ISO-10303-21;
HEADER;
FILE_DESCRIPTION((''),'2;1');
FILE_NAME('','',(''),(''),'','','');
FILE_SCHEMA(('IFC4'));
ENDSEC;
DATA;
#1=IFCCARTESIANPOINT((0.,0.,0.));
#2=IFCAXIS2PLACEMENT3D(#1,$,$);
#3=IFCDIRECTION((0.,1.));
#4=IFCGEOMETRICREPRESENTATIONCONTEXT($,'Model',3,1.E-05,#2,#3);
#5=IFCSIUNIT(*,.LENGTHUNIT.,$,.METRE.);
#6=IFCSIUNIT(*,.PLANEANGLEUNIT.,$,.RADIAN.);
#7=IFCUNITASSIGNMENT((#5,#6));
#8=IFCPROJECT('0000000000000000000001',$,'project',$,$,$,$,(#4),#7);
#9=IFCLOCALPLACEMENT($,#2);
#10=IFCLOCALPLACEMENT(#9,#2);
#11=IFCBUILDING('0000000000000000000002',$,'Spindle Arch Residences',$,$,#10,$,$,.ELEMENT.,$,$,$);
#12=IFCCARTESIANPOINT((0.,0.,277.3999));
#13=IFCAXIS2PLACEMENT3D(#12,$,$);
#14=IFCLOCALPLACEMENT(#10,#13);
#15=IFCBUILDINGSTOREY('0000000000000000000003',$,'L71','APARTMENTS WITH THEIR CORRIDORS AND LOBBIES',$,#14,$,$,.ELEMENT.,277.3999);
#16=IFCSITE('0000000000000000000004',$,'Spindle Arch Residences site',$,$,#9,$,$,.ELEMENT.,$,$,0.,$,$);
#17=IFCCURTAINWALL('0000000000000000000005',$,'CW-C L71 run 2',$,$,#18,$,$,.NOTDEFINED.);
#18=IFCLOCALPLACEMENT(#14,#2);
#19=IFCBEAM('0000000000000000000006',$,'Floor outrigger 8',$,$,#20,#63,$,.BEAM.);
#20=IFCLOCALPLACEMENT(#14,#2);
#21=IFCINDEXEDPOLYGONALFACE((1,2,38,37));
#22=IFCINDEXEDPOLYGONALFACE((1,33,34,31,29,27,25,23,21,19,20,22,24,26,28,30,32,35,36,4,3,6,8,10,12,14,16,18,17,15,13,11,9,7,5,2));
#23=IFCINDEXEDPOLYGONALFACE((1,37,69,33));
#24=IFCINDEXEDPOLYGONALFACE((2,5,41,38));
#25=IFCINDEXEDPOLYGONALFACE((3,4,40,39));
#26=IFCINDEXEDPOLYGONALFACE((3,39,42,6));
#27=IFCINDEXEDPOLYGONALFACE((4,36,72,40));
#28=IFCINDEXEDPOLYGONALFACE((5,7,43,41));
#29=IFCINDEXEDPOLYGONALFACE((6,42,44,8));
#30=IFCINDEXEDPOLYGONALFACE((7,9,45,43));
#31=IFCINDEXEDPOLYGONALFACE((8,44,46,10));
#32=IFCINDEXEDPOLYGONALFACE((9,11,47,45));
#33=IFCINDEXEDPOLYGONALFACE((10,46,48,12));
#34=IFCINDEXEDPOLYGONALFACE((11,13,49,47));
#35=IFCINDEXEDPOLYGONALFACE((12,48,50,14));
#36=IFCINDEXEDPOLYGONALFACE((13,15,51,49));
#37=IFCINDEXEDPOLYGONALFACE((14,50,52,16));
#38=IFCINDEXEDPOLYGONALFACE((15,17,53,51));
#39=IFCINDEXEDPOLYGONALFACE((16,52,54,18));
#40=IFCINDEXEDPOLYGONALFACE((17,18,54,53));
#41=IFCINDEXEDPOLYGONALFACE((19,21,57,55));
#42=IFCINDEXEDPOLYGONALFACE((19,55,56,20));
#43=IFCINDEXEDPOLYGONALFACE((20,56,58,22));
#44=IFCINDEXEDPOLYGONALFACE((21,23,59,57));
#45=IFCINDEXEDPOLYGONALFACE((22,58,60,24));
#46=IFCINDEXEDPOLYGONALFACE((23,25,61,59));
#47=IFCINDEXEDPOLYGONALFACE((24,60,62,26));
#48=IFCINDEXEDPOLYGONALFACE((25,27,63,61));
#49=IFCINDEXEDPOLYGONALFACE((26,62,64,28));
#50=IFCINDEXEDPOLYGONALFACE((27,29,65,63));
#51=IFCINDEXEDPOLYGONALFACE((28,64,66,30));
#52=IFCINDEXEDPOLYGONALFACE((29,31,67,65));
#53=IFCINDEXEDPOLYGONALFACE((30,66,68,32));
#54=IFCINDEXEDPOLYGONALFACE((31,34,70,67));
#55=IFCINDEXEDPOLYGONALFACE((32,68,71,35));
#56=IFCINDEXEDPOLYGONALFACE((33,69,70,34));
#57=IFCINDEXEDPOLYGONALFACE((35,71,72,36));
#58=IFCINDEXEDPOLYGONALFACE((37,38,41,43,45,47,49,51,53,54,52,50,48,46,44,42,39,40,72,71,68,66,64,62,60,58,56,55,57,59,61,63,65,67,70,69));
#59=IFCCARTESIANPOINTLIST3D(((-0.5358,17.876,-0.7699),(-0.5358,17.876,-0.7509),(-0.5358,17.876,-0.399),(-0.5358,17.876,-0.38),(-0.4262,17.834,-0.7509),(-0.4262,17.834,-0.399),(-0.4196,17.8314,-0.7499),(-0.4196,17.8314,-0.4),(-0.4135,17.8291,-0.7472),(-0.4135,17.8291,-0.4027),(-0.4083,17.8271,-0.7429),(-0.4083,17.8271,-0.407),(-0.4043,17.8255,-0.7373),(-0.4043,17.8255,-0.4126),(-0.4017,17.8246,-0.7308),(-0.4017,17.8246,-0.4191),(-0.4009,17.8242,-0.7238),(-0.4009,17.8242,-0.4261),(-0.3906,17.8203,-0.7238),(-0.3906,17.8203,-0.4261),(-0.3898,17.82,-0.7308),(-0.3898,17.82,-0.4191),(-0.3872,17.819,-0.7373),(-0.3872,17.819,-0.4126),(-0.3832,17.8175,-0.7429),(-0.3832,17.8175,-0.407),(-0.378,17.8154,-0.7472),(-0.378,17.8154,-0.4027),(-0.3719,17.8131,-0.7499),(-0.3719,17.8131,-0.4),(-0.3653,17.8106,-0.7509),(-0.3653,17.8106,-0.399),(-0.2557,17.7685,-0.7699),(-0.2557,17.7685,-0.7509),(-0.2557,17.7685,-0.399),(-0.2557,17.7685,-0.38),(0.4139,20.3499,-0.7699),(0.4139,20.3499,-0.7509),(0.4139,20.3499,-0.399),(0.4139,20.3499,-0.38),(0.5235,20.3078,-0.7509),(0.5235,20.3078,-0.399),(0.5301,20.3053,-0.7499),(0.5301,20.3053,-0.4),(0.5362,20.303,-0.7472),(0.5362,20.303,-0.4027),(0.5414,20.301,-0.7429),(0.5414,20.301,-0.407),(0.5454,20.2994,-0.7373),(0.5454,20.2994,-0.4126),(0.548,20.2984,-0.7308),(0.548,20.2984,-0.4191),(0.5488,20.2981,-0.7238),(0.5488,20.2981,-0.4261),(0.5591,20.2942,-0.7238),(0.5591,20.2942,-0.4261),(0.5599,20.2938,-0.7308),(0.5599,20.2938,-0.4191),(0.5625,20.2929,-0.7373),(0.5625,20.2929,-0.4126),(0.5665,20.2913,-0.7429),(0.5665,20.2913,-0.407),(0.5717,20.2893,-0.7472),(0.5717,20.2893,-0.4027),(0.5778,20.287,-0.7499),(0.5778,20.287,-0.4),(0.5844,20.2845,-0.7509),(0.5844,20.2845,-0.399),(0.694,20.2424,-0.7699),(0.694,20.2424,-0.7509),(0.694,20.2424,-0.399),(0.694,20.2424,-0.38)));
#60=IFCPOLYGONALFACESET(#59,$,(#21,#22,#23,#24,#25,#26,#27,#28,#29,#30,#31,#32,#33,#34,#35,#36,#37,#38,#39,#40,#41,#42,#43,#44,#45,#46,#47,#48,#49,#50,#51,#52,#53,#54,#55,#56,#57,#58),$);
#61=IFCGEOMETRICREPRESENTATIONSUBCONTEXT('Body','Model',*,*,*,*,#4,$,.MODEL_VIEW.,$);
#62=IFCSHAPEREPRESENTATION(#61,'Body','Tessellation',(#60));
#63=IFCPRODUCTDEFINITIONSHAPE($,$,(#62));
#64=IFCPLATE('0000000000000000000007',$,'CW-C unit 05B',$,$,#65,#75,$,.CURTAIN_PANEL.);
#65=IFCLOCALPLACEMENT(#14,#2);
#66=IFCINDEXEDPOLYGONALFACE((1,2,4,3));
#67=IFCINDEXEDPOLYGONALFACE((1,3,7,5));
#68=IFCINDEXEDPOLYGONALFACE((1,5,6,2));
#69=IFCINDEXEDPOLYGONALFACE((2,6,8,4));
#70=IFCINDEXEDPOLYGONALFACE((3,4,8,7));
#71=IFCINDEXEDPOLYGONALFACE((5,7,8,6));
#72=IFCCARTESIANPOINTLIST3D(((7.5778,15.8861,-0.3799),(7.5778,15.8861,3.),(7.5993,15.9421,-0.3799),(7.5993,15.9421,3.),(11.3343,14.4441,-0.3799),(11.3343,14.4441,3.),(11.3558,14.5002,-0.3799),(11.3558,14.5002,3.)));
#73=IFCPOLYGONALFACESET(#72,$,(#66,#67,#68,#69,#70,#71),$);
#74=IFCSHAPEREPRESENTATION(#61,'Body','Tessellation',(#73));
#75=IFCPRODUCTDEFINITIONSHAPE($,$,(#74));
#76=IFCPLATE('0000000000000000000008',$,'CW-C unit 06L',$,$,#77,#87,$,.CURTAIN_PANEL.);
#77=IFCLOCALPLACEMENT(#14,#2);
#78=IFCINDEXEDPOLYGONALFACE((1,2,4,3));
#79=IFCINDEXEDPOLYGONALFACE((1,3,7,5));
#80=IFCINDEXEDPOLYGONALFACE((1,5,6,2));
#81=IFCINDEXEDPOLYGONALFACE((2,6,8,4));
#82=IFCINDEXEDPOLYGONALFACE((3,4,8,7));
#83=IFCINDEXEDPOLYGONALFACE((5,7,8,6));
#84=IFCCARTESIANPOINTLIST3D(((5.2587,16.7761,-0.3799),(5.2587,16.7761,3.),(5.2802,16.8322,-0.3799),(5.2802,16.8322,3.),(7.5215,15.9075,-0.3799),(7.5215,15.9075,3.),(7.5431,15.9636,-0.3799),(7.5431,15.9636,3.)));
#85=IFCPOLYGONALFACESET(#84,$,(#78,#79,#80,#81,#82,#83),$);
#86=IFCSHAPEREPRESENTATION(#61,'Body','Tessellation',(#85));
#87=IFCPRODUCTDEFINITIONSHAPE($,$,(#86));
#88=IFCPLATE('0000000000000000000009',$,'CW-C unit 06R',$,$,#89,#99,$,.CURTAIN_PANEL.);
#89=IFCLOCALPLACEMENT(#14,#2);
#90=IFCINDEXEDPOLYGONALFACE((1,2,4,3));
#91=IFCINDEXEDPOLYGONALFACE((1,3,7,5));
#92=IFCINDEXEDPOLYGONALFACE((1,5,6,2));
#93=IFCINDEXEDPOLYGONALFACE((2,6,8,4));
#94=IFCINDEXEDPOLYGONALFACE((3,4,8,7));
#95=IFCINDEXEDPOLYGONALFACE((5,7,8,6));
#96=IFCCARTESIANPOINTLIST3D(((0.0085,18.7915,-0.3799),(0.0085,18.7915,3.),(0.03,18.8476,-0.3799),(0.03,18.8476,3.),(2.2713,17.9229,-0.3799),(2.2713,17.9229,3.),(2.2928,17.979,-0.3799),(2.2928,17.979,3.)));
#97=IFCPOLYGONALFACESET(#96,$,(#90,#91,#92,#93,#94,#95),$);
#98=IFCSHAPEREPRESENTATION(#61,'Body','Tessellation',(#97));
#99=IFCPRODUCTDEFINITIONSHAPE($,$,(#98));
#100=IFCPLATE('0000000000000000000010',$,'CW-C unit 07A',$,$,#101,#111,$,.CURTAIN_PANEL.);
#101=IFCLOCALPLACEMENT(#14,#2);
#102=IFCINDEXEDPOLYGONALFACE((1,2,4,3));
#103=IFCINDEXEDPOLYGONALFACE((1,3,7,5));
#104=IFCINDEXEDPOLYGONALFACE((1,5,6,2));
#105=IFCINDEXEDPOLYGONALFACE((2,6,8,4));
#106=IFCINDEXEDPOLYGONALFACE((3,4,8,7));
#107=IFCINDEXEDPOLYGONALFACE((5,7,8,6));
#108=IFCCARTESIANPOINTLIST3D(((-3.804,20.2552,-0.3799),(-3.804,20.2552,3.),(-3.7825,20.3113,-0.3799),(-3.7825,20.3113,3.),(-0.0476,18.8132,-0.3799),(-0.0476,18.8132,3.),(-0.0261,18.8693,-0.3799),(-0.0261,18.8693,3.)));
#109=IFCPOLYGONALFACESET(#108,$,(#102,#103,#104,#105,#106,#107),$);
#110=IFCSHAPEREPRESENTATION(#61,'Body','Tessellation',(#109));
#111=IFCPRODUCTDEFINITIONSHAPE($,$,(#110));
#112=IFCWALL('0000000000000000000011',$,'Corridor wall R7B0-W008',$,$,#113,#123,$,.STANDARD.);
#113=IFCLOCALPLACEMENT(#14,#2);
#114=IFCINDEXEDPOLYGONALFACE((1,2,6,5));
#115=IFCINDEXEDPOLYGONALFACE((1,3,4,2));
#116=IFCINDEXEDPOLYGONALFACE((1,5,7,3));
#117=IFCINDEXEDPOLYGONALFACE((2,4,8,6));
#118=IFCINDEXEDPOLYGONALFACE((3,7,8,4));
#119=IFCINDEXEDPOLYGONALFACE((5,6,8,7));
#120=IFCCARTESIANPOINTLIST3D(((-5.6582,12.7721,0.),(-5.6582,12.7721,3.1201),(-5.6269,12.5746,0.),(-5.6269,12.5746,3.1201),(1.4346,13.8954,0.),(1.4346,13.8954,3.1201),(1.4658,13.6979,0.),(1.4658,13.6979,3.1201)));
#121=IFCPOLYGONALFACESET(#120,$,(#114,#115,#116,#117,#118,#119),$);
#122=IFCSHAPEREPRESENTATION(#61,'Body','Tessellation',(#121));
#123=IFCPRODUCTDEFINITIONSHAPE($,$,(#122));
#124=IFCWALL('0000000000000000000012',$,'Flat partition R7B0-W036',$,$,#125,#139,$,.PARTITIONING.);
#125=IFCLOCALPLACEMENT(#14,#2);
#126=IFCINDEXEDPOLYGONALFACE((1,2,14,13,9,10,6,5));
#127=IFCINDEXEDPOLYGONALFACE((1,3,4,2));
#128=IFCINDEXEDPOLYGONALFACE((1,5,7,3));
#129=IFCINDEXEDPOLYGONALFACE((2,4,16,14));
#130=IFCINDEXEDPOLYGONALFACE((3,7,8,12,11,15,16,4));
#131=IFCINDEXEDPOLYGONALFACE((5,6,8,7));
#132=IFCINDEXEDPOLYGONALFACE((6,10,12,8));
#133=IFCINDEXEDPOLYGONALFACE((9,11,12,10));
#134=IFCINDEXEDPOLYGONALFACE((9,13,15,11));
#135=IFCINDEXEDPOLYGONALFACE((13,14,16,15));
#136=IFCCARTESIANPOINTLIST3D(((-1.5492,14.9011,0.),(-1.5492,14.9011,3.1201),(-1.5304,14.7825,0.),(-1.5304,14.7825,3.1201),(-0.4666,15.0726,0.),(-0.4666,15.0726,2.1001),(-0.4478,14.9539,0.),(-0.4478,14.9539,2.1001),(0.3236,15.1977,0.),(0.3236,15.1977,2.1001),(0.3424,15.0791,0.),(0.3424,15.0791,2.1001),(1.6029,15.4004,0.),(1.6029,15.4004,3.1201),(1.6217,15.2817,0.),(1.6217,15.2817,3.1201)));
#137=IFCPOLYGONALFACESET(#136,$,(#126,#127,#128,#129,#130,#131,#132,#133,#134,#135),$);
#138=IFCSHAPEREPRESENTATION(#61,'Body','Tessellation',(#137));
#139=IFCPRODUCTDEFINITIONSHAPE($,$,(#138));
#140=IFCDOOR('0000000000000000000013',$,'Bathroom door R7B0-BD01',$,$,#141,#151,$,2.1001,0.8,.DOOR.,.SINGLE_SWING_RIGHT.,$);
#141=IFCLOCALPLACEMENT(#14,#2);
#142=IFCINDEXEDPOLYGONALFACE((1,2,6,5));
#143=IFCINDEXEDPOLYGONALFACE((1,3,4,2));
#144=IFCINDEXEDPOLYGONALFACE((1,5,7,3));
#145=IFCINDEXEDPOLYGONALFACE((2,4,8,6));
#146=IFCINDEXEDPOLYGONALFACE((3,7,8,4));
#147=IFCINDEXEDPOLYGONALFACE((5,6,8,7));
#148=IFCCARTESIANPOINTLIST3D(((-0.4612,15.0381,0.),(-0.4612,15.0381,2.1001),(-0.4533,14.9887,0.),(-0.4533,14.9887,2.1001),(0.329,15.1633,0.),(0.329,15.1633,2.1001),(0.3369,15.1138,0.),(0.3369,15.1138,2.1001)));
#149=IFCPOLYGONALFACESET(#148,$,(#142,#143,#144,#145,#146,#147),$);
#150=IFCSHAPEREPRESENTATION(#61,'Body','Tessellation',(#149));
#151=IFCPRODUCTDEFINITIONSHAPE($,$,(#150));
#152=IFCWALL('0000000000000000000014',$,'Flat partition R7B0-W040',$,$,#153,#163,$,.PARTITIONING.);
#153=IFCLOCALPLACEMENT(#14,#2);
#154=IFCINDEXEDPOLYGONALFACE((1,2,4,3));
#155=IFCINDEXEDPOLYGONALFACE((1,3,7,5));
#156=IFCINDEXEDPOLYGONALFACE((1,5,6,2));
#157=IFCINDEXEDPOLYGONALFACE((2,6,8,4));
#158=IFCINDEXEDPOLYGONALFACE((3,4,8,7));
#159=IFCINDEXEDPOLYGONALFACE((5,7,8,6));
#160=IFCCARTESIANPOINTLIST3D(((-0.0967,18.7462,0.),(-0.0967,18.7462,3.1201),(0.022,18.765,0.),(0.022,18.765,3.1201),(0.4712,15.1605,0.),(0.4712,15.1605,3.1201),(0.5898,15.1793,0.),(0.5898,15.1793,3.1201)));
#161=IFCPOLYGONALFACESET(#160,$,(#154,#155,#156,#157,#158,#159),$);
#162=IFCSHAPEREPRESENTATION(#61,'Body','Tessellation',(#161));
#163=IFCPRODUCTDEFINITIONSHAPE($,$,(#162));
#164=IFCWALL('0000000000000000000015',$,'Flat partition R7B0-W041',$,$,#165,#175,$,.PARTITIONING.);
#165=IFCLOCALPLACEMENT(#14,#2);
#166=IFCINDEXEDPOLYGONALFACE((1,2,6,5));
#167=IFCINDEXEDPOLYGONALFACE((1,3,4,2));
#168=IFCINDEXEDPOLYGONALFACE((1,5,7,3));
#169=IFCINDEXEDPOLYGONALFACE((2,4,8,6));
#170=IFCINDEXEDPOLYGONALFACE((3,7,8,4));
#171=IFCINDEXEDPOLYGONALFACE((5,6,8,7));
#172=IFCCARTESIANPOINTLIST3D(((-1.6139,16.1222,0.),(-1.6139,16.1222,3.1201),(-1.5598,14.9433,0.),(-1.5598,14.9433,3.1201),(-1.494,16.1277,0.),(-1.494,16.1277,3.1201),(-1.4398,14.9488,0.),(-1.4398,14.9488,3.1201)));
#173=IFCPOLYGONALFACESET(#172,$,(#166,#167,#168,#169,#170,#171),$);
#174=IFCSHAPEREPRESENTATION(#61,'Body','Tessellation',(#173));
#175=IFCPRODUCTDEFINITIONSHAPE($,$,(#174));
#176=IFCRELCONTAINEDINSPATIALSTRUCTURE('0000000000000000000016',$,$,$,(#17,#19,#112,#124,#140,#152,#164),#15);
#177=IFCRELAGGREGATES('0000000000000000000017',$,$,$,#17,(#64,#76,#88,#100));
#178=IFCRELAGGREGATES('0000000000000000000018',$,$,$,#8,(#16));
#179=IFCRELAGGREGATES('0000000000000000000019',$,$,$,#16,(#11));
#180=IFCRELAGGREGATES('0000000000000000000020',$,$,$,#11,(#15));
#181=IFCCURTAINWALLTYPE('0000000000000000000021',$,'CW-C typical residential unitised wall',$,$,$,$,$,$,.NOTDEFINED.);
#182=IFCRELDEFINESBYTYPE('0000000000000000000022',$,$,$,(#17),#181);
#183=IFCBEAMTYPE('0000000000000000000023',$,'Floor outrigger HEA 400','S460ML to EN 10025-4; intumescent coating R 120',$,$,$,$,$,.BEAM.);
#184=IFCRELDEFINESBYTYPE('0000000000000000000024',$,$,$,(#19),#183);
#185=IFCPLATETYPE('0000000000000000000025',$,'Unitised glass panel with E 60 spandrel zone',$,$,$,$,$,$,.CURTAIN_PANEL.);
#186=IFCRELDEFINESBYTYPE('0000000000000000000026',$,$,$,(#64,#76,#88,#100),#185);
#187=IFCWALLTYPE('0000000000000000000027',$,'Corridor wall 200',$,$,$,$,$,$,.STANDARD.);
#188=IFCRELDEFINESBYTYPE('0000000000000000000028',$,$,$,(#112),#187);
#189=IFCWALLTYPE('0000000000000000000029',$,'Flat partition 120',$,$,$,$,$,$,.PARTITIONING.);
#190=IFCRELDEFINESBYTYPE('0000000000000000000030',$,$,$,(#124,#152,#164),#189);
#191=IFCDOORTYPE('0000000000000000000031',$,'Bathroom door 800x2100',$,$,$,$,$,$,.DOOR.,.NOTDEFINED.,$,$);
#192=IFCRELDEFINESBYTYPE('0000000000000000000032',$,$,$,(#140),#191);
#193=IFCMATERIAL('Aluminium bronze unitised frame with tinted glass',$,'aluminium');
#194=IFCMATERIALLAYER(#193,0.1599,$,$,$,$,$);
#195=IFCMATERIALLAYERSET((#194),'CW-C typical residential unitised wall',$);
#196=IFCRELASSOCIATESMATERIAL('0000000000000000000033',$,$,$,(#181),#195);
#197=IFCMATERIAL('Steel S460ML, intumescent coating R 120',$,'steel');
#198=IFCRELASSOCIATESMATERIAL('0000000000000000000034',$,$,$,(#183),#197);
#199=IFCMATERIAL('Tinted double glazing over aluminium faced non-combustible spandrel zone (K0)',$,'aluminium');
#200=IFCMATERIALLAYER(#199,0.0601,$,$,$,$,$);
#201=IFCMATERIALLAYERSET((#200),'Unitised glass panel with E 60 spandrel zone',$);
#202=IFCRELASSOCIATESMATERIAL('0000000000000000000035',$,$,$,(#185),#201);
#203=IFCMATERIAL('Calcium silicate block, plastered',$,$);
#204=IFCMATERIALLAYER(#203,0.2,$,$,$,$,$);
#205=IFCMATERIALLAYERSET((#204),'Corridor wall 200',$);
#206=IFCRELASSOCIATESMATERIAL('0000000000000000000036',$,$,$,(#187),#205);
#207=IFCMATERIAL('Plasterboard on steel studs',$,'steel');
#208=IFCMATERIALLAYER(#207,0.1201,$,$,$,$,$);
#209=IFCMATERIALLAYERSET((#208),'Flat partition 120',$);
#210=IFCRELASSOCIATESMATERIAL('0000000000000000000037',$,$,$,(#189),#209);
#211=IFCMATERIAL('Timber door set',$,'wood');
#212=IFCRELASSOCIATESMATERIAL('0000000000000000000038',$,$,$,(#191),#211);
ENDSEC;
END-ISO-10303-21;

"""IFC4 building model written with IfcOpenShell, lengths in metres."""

from ifc_helpers import new_model, si_unit, direction, frame, frame_2d, origin, origin_2d, place, context, subcontext, project, spatial, rectangle, i_section, extrude, material, layer, layer_set, material_profile, profile_set, type_object, element, fill, aggregate, save


model = new_model("IFC4")

# Units and contexts
model_context = context("Model", 3, precision=1e-05, world=origin(), true_north=direction((0.0, 1.0)))
body_context = subcontext(model_context, "Body", "Model", "MODEL_VIEW")
ifc_project = project(units=[si_unit("LENGTHUNIT", "METRE"), si_unit("PLANEANGLEUNIT", "RADIAN")], contexts=[model_context])

# Site, building, storey
site_placement = place(None, origin())
site = spatial("IfcSite", under=ifc_project, at=site_placement, Name="Spindle Arch Residences site", CompositionType="ELEMENT", RefElevation=0.0)
building_placement = place(site_placement, origin())
building = spatial("IfcBuilding", under=site, at=building_placement, Name="Spindle Arch Residences", CompositionType="ELEMENT")
storey_placement = place(building_placement, frame((0.0, 0.0, 277.3999)))
storey = spatial("IfcBuildingStorey", under=building, at=storey_placement, Name="L71", Description="APARTMENTS WITH THEIR CORRIDORS AND LOBBIES", CompositionType="ELEMENT", Elevation=277.3999)

# Curtain wall
ifc_material_1 = material(Name="Aluminium bronze unitised frame with tinted glass", Category="aluminium")
ifc_layer_1 = layer(ifc_material_1, 0.1599)
ifc_layer_set_1 = layer_set([ifc_layer_1], Name="CW-C typical residential unitised wall")
curtain_wall_type = type_object("IfcCurtainWallType", Name="CW-C typical residential unitised wall", PredefinedType="NOTDEFINED", material=ifc_layer_set_1)
curtain_wall_placement = place(storey_placement, origin())
curtain_wall = element("IfcCurtainWall", 1, at=curtain_wall_placement, inside=storey, type_object=curtain_wall_type, Name="CW-C L71 run 2", PredefinedType="NOTDEFINED")

# Beam
ifc_material_2 = material(Name="Steel S460ML, intumescent coating R 120", Category="steel")
ifc_material_profile_1 = material_profile(ifc_material_2, i_section(OverallWidth=0.3, OverallDepth=0.3899, WebThickness=0.011, FlangeThickness=0.019, FilletRadius=0.0271, at=origin_2d()), Name="HEA 400")
ifc_profile_set_1 = profile_set([ifc_material_profile_1], Name="Steel S460ML, intumescent coating R 120")
beam_type_1 = type_object("IfcBeamType", Name="Floor outrigger HEA 400", Description="S460ML to EN 10025-4; intumescent coating R 120", PredefinedType="BEAM", material=ifc_profile_set_1)
for number, where, z_axis, x_axis, name in (
    (2, (0.554, 20.2961, -0.575), (-0.358392, -0.933571, 0.0), (0.933571, -0.358392, 0.0), "Floor outrigger 8"),
):
    element("IfcBeam", number, at=place(storey_placement, frame(where, z_axis=z_axis, x_axis=x_axis)), inside=storey, type_object=beam_type_1, Name=name, PredefinedType="BEAM", context=body_context, shape_type="SweptSolid", body=[
        extrude(i_section(OverallWidth=0.3, OverallDepth=0.3899, WebThickness=0.011, FlangeThickness=0.019, FilletRadius=0.0271, at=origin_2d()), origin(), (0.0, 0.0, 1.0), 2.6499),
    ])

# Plates
ifc_material_3 = material(Name="Tinted double glazing over aluminium faced non-combustible spandrel zone (K0)", Category="aluminium")
ifc_layer_2 = layer(ifc_material_3, 0.0601)
ifc_layer_set_2 = layer_set([ifc_layer_2], Name="Unitised glass panel with E 60 spandrel zone")
plate_type = type_object("IfcPlateType", Name="Unitised glass panel with E 60 spandrel zone", PredefinedType="CURTAIN_PANEL", material=ifc_layer_set_2)
plate_1_placement = place(storey_placement, frame((9.4668, 15.1931, -0.3799), z_axis=(0.0, 0.0, 1.0), x_axis=(-0.93358, 0.358368, 0.0)))
plate_1 = element("IfcPlate", 3, at=plate_1_placement, type_object=plate_type, Name="CW-C unit 05B", PredefinedType="CURTAIN_PANEL", context=body_context, shape_type="SweptSolid", body=[
    extrude(rectangle(XDim=4.0237, YDim=0.0601, at=origin_2d()), origin(), (0.0, 0.0, 1.0), 3.3799),
])
plate_2_placement = place(storey_placement, frame((6.4009, 16.3699, -0.3799), z_axis=(0.0, 0.0, 1.0), x_axis=(-0.93358, 0.358368, 0.0)))
plate_2 = element("IfcPlate", 4, at=plate_2_placement, type_object=plate_type, Name="CW-C unit 06L", PredefinedType="CURTAIN_PANEL", context=body_context, shape_type="SweptSolid", body=[
    extrude(rectangle(XDim=2.4238, YDim=0.0601, at=origin_2d()), origin(), (0.0, 0.0, 1.0), 3.3799),
])
plate_3_placement = place(storey_placement, frame((1.1506, 18.3853, -0.3799), z_axis=(0.0, 0.0, 1.0), x_axis=(-0.93358, 0.358368, 0.0)))
plate_3 = element("IfcPlate", 5, at=plate_3_placement, type_object=plate_type, Name="CW-C unit 06R", PredefinedType="CURTAIN_PANEL", context=body_context, shape_type="SweptSolid", body=[
    extrude(rectangle(XDim=2.4238, YDim=0.0601, at=origin_2d()), origin(), (0.0, 0.0, 1.0), 3.3799),
])
plate_4_placement = place(storey_placement, frame((-1.915, 19.5623, -0.3799), z_axis=(0.0, 0.0, 1.0), x_axis=(-0.93358, 0.358368, 0.0)))
plate_4 = element("IfcPlate", 6, at=plate_4_placement, type_object=plate_type, Name="CW-C unit 07A", PredefinedType="CURTAIN_PANEL", context=body_context, shape_type="SweptSolid", body=[
    extrude(rectangle(XDim=4.0237, YDim=0.0601, at=origin_2d()), origin(), (0.0, 0.0, 1.0), 3.3799),
])
aggregate(curtain_wall, [plate_1, plate_2, plate_3, plate_4])

# Wall
ifc_material_4 = material(Name="Calcium silicate block, plastered")
ifc_layer_3 = layer(ifc_material_4, 0.2)
ifc_layer_set_3 = layer_set([ifc_layer_3], Name="Corridor wall 200")
wall_type_1 = type_object("IfcWallType", Name="Corridor wall 200", PredefinedType="STANDARD", material=ifc_layer_set_3)
wall_1_placement = place(storey_placement, frame((1.4502, 13.7966, 0.0), z_axis=(0.0, 0.0, 1.0), x_axis=(-0.98769, -0.156422, 0.0)))
element("IfcWall", 7, at=wall_1_placement, inside=storey, type_object=wall_type_1, Name="Corridor wall R7B0-W008", PredefinedType="STANDARD", context=body_context, shape_type="SweptSolid", body=[
    extrude(rectangle(XDim=7.1812, YDim=0.2, at=frame_2d((3.5906, 0.0))), origin(), (0.0, 0.0, 1.0), 3.1201),
])

# Wall, opening, door
ifc_material_5 = material(Name="Plasterboard on steel studs", Category="steel")
ifc_layer_4 = layer(ifc_material_5, 0.1201)
ifc_layer_set_4 = layer_set([ifc_layer_4], Name="Flat partition 120")
wall_type_2 = type_object("IfcWallType", Name="Flat partition 120", PredefinedType="PARTITIONING", material=ifc_layer_set_4)
wall_2_placement = place(storey_placement, frame((1.6123, 15.3411, 0.0), z_axis=(0.0, 0.0, 1.0), x_axis=(-0.987687, -0.156442, 0.0)))
wall_2 = element("IfcWall", 8, at=wall_2_placement, inside=storey, type_object=wall_type_2, Name="Flat partition R7B0-W036", PredefinedType="PARTITIONING", context=body_context, shape_type="SweptSolid", body=[
    extrude(rectangle(XDim=3.1914, YDim=0.1201, at=frame_2d((1.5957, 0.0))), origin(), (0.0, 0.0, 1.0), 3.1201),
])
opening_1_placement = place(wall_2_placement, frame((1.2954, 0.0, 0.0)))
opening_1 = element("IfcOpeningElement", 9, at=opening_1_placement, cuts=wall_2, PredefinedType="OPENING", context=body_context, shape_type="SweptSolid", body=[
    extrude(rectangle(XDim=0.8, YDim=2.1001, at=frame_2d((0.3999, 1.05))), frame((0.0, 0.0701, 0.0), z_axis=(0.0, -1.0, 0.0), x_axis=(1.0, 0.0, 0.0)), (0.0, 0.0, 1.0), 0.1401),
])
ifc_material_6 = material(Name="Timber door set", Category="wood")
door_type_1 = type_object("IfcDoorType", Name="Bathroom door 800x2100", OperationType="NOTDEFINED", PredefinedType="DOOR", material=ifc_material_6)
door_1_placement = place(opening_1_placement, origin())
door_1 = element("IfcDoor", 10, at=door_1_placement, inside=storey, type_object=door_type_1, Name="Bathroom door R7B0-BD01", OperationType="SINGLE_SWING_RIGHT", OverallHeight=2.1001, OverallWidth=0.8, PredefinedType="DOOR", context=body_context, shape_type="SweptSolid", body=[
    extrude(rectangle(XDim=0.8, YDim=2.1001, at=frame_2d((0.3999, 1.05))), frame((0.0, 0.0249, 0.0), z_axis=(0.0, -1.0, 0.0), x_axis=(1.0, 0.0, 0.0)), (0.0, 0.0, 1.0), 0.05),
])
fill(opening_1, door_1)

# Walls
wall_3_placement = place(storey_placement, frame((-0.0374, 18.7556, 0.0), z_axis=(0.0, 0.0, 1.0), x_axis=(0.156422, -0.98769, 0.0)))
element("IfcWall", 11, at=wall_3_placement, inside=storey, type_object=wall_type_2, Name="Flat partition R7B0-W040", PredefinedType="PARTITIONING", context=body_context, shape_type="SweptSolid", body=[
    extrude(rectangle(XDim=3.6304, YDim=0.1201, at=frame_2d((1.8152, 0.0))), origin(), (0.0, 0.0, 1.0), 3.1201),
])
wall_4_placement = place(storey_placement, frame((-1.4998, 14.946, 0.0), z_axis=(0.0, 0.0, 1.0), x_axis=(-0.045924, 0.998945, 0.0)))
element("IfcWall", 12, at=wall_4_placement, inside=storey, type_object=wall_type_2, Name="Flat partition R7B0-W041", PredefinedType="PARTITIONING", context=body_context, shape_type="SweptSolid", body=[
    extrude(rectangle(XDim=1.1802, YDim=0.1201, at=frame_2d((0.5901, 0.0))), origin(), (0.0, 0.0, 1.0), 3.1201),
])

save(model, "model.ifc")
